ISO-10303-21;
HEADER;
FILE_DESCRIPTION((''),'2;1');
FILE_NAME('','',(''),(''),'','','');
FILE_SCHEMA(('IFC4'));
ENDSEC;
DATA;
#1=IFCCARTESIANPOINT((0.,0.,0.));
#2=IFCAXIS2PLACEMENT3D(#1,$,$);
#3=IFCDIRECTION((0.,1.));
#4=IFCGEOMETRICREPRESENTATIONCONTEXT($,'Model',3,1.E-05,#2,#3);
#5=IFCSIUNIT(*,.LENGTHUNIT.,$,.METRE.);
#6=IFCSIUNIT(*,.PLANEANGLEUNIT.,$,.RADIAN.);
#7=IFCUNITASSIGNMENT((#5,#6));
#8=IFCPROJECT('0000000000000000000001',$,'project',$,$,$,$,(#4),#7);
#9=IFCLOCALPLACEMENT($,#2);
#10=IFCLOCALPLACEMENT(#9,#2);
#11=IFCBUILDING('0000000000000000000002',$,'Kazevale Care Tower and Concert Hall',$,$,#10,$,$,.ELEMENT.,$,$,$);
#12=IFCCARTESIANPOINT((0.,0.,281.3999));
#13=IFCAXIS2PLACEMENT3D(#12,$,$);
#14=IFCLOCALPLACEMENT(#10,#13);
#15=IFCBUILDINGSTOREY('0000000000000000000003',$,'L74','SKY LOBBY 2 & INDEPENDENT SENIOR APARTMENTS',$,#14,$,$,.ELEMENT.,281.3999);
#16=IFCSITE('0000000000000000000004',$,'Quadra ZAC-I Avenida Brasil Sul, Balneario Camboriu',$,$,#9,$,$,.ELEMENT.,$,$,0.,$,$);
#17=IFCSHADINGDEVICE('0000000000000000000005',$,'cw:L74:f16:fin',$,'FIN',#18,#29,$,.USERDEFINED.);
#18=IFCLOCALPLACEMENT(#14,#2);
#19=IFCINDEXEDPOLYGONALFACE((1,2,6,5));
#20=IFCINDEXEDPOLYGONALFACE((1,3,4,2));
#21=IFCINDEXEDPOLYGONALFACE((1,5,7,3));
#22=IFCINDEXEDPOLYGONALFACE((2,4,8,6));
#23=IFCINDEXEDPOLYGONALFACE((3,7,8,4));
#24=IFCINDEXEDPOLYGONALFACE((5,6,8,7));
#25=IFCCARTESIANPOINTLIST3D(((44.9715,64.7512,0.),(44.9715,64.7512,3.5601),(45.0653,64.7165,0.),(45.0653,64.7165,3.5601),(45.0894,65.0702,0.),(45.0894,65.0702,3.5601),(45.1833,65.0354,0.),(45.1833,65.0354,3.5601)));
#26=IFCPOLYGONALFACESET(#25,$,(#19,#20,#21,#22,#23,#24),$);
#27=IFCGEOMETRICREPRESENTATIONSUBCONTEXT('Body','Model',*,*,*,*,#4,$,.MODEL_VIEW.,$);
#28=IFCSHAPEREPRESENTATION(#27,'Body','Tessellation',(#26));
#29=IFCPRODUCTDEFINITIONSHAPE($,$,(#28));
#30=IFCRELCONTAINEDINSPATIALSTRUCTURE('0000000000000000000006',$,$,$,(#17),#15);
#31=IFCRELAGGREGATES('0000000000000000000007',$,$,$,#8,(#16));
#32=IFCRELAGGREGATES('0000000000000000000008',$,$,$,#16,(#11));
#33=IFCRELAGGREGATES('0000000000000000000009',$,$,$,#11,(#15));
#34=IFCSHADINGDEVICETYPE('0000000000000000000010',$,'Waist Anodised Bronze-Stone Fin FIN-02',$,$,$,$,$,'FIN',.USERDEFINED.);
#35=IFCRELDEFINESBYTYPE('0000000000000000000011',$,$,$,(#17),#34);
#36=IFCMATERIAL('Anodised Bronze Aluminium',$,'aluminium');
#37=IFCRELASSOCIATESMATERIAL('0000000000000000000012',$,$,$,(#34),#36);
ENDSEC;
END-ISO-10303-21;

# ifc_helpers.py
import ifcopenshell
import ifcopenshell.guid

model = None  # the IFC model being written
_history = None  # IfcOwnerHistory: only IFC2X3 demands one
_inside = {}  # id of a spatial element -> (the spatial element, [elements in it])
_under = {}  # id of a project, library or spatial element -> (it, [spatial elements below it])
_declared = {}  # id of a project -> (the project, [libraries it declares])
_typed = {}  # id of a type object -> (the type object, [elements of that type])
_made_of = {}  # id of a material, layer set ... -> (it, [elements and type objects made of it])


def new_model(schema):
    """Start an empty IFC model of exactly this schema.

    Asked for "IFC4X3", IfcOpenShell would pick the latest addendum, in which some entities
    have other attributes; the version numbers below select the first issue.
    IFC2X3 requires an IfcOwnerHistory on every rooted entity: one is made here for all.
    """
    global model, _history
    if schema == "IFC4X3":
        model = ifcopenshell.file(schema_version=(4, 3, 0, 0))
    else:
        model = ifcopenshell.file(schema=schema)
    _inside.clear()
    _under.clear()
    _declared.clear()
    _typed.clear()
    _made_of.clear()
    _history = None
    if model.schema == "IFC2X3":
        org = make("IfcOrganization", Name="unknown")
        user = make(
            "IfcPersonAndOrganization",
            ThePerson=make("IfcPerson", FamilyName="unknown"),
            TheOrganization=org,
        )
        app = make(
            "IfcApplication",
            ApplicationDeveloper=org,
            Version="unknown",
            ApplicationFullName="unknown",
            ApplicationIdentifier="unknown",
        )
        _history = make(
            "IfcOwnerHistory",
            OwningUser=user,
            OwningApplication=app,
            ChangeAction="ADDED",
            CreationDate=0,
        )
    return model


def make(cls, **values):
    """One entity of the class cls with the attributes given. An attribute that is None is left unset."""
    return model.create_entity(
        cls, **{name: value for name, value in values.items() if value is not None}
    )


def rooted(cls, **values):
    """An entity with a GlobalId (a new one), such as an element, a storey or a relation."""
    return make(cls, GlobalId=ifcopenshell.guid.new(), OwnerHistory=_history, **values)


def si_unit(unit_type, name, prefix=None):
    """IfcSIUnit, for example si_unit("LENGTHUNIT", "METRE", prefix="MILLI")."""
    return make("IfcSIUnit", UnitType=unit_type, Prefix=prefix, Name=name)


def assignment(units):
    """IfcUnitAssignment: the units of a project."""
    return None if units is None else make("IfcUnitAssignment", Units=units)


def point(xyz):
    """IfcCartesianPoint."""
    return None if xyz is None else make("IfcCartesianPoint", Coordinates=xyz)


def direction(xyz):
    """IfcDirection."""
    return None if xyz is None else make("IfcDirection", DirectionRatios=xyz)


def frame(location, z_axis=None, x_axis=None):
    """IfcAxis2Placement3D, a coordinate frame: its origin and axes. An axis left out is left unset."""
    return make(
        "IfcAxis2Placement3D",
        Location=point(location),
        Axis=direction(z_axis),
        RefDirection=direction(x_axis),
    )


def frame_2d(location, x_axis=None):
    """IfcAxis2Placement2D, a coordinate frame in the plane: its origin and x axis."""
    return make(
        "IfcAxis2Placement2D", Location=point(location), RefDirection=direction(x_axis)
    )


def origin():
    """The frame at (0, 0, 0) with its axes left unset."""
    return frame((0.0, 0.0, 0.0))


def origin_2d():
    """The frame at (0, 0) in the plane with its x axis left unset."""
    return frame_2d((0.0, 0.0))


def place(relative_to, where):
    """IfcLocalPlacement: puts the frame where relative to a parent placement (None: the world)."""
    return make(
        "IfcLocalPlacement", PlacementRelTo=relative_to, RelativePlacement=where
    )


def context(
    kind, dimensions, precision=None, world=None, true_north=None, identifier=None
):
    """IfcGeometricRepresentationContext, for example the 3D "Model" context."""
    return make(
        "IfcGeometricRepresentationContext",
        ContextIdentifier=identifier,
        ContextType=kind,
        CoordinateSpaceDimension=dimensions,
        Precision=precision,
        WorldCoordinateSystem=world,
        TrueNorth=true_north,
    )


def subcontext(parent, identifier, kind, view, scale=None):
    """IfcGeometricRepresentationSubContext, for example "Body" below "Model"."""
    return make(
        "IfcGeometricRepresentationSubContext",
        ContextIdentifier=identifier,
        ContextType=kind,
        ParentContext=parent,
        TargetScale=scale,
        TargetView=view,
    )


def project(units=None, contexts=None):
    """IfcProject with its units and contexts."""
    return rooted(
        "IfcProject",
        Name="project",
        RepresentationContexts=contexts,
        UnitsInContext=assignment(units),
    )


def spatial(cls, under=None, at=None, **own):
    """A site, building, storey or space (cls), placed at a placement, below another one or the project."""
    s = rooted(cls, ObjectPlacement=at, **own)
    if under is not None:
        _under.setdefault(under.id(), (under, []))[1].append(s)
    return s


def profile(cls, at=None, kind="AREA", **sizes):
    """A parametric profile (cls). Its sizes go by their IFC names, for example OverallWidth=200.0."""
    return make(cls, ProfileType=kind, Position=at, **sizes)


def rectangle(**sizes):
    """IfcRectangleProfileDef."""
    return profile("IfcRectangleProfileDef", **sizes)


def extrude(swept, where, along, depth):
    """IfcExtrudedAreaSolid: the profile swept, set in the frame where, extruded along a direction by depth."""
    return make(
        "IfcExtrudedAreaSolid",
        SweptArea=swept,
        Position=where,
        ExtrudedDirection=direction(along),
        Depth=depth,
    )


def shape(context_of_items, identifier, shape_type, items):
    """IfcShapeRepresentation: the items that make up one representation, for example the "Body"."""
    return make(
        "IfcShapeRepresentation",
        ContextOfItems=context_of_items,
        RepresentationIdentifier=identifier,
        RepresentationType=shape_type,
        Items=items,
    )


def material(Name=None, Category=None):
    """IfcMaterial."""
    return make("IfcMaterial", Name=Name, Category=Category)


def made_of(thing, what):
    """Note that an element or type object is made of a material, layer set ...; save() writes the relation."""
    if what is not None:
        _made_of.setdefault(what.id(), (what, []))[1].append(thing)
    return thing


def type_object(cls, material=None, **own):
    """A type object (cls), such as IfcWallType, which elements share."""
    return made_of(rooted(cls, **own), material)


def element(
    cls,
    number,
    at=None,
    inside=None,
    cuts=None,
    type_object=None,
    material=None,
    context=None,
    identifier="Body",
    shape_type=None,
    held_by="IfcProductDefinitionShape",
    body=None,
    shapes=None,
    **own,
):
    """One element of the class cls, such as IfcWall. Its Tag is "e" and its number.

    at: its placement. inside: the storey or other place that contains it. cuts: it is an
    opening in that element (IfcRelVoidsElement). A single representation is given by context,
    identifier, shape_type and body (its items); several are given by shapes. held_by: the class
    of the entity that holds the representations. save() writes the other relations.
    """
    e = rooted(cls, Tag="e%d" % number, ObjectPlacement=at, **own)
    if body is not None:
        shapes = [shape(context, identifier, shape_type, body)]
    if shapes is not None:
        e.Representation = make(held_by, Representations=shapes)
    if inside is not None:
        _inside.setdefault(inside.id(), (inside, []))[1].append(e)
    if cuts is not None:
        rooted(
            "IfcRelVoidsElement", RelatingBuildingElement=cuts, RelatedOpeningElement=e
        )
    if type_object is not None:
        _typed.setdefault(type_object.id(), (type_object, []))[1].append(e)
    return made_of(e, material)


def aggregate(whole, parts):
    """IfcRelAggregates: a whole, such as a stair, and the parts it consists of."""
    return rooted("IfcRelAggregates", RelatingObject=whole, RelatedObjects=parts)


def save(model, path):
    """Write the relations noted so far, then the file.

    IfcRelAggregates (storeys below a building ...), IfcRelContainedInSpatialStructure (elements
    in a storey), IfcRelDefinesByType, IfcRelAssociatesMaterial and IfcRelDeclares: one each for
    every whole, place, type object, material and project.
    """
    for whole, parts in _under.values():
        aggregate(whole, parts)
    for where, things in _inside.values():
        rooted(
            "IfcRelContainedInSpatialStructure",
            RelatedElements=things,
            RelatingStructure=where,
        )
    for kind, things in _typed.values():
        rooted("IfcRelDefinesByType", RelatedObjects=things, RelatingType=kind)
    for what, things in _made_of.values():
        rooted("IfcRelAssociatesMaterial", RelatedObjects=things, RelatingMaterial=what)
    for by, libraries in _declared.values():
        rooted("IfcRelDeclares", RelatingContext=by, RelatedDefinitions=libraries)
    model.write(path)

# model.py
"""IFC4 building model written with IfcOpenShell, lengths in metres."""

from ifc_helpers import new_model, si_unit, direction, frame, origin, origin_2d, place, context, subcontext, project, spatial, rectangle, extrude, material, type_object, element, save


model = new_model("IFC4")

# Units and contexts
model_context = context("Model", 3, precision=1e-05, world=origin(), true_north=direction((0.0, 1.0)))
body_context = subcontext(model_context, "Body", "Model", "MODEL_VIEW")
ifc_project = project(units=[si_unit("LENGTHUNIT", "METRE"), si_unit("PLANEANGLEUNIT", "RADIAN")], contexts=[model_context])

# Site, building, storey
site_placement = place(None, origin())
site = spatial("IfcSite", under=ifc_project, at=site_placement, Name="Quadra ZAC-I Avenida Brasil Sul, Balneario Camboriu", CompositionType="ELEMENT", RefElevation=0.0)
building_placement = place(site_placement, origin())
building = spatial("IfcBuilding", under=site, at=building_placement, Name="Kazevale Care Tower and Concert Hall", CompositionType="ELEMENT")
storey_placement = place(building_placement, frame((0.0, 0.0, 281.3999)))
storey = spatial("IfcBuildingStorey", under=building, at=storey_placement, Name="L74", Description="SKY LOBBY 2 & INDEPENDENT SENIOR APARTMENTS", CompositionType="ELEMENT", Elevation=281.3999)

# Shading device
ifc_material_1 = material(Name="Anodised Bronze Aluminium", Category="aluminium")
shading_device_type = type_object("IfcShadingDeviceType", Name="Waist Anodised Bronze-Stone Fin FIN-02", ElementType="FIN", PredefinedType="USERDEFINED", material=ifc_material_1)
shading_device_placement = place(storey_placement, frame((45.0774, 64.8933, 0.0), z_axis=(0.0, 0.0, 1.0), x_axis=(0.346936, 0.937889, 0.0)))
element("IfcShadingDevice", 1, at=shading_device_placement, inside=storey, type_object=shading_device_type, Name="cw:L74:f16:fin", ObjectType="FIN", PredefinedType="USERDEFINED", context=body_context, shape_type="SweptSolid", body=[
    extrude(rectangle(XDim=0.3401, YDim=0.1001, at=origin_2d()), origin(), (0.0, 0.0, 1.0), 3.5601),
])

save(model, "model.ifc")
